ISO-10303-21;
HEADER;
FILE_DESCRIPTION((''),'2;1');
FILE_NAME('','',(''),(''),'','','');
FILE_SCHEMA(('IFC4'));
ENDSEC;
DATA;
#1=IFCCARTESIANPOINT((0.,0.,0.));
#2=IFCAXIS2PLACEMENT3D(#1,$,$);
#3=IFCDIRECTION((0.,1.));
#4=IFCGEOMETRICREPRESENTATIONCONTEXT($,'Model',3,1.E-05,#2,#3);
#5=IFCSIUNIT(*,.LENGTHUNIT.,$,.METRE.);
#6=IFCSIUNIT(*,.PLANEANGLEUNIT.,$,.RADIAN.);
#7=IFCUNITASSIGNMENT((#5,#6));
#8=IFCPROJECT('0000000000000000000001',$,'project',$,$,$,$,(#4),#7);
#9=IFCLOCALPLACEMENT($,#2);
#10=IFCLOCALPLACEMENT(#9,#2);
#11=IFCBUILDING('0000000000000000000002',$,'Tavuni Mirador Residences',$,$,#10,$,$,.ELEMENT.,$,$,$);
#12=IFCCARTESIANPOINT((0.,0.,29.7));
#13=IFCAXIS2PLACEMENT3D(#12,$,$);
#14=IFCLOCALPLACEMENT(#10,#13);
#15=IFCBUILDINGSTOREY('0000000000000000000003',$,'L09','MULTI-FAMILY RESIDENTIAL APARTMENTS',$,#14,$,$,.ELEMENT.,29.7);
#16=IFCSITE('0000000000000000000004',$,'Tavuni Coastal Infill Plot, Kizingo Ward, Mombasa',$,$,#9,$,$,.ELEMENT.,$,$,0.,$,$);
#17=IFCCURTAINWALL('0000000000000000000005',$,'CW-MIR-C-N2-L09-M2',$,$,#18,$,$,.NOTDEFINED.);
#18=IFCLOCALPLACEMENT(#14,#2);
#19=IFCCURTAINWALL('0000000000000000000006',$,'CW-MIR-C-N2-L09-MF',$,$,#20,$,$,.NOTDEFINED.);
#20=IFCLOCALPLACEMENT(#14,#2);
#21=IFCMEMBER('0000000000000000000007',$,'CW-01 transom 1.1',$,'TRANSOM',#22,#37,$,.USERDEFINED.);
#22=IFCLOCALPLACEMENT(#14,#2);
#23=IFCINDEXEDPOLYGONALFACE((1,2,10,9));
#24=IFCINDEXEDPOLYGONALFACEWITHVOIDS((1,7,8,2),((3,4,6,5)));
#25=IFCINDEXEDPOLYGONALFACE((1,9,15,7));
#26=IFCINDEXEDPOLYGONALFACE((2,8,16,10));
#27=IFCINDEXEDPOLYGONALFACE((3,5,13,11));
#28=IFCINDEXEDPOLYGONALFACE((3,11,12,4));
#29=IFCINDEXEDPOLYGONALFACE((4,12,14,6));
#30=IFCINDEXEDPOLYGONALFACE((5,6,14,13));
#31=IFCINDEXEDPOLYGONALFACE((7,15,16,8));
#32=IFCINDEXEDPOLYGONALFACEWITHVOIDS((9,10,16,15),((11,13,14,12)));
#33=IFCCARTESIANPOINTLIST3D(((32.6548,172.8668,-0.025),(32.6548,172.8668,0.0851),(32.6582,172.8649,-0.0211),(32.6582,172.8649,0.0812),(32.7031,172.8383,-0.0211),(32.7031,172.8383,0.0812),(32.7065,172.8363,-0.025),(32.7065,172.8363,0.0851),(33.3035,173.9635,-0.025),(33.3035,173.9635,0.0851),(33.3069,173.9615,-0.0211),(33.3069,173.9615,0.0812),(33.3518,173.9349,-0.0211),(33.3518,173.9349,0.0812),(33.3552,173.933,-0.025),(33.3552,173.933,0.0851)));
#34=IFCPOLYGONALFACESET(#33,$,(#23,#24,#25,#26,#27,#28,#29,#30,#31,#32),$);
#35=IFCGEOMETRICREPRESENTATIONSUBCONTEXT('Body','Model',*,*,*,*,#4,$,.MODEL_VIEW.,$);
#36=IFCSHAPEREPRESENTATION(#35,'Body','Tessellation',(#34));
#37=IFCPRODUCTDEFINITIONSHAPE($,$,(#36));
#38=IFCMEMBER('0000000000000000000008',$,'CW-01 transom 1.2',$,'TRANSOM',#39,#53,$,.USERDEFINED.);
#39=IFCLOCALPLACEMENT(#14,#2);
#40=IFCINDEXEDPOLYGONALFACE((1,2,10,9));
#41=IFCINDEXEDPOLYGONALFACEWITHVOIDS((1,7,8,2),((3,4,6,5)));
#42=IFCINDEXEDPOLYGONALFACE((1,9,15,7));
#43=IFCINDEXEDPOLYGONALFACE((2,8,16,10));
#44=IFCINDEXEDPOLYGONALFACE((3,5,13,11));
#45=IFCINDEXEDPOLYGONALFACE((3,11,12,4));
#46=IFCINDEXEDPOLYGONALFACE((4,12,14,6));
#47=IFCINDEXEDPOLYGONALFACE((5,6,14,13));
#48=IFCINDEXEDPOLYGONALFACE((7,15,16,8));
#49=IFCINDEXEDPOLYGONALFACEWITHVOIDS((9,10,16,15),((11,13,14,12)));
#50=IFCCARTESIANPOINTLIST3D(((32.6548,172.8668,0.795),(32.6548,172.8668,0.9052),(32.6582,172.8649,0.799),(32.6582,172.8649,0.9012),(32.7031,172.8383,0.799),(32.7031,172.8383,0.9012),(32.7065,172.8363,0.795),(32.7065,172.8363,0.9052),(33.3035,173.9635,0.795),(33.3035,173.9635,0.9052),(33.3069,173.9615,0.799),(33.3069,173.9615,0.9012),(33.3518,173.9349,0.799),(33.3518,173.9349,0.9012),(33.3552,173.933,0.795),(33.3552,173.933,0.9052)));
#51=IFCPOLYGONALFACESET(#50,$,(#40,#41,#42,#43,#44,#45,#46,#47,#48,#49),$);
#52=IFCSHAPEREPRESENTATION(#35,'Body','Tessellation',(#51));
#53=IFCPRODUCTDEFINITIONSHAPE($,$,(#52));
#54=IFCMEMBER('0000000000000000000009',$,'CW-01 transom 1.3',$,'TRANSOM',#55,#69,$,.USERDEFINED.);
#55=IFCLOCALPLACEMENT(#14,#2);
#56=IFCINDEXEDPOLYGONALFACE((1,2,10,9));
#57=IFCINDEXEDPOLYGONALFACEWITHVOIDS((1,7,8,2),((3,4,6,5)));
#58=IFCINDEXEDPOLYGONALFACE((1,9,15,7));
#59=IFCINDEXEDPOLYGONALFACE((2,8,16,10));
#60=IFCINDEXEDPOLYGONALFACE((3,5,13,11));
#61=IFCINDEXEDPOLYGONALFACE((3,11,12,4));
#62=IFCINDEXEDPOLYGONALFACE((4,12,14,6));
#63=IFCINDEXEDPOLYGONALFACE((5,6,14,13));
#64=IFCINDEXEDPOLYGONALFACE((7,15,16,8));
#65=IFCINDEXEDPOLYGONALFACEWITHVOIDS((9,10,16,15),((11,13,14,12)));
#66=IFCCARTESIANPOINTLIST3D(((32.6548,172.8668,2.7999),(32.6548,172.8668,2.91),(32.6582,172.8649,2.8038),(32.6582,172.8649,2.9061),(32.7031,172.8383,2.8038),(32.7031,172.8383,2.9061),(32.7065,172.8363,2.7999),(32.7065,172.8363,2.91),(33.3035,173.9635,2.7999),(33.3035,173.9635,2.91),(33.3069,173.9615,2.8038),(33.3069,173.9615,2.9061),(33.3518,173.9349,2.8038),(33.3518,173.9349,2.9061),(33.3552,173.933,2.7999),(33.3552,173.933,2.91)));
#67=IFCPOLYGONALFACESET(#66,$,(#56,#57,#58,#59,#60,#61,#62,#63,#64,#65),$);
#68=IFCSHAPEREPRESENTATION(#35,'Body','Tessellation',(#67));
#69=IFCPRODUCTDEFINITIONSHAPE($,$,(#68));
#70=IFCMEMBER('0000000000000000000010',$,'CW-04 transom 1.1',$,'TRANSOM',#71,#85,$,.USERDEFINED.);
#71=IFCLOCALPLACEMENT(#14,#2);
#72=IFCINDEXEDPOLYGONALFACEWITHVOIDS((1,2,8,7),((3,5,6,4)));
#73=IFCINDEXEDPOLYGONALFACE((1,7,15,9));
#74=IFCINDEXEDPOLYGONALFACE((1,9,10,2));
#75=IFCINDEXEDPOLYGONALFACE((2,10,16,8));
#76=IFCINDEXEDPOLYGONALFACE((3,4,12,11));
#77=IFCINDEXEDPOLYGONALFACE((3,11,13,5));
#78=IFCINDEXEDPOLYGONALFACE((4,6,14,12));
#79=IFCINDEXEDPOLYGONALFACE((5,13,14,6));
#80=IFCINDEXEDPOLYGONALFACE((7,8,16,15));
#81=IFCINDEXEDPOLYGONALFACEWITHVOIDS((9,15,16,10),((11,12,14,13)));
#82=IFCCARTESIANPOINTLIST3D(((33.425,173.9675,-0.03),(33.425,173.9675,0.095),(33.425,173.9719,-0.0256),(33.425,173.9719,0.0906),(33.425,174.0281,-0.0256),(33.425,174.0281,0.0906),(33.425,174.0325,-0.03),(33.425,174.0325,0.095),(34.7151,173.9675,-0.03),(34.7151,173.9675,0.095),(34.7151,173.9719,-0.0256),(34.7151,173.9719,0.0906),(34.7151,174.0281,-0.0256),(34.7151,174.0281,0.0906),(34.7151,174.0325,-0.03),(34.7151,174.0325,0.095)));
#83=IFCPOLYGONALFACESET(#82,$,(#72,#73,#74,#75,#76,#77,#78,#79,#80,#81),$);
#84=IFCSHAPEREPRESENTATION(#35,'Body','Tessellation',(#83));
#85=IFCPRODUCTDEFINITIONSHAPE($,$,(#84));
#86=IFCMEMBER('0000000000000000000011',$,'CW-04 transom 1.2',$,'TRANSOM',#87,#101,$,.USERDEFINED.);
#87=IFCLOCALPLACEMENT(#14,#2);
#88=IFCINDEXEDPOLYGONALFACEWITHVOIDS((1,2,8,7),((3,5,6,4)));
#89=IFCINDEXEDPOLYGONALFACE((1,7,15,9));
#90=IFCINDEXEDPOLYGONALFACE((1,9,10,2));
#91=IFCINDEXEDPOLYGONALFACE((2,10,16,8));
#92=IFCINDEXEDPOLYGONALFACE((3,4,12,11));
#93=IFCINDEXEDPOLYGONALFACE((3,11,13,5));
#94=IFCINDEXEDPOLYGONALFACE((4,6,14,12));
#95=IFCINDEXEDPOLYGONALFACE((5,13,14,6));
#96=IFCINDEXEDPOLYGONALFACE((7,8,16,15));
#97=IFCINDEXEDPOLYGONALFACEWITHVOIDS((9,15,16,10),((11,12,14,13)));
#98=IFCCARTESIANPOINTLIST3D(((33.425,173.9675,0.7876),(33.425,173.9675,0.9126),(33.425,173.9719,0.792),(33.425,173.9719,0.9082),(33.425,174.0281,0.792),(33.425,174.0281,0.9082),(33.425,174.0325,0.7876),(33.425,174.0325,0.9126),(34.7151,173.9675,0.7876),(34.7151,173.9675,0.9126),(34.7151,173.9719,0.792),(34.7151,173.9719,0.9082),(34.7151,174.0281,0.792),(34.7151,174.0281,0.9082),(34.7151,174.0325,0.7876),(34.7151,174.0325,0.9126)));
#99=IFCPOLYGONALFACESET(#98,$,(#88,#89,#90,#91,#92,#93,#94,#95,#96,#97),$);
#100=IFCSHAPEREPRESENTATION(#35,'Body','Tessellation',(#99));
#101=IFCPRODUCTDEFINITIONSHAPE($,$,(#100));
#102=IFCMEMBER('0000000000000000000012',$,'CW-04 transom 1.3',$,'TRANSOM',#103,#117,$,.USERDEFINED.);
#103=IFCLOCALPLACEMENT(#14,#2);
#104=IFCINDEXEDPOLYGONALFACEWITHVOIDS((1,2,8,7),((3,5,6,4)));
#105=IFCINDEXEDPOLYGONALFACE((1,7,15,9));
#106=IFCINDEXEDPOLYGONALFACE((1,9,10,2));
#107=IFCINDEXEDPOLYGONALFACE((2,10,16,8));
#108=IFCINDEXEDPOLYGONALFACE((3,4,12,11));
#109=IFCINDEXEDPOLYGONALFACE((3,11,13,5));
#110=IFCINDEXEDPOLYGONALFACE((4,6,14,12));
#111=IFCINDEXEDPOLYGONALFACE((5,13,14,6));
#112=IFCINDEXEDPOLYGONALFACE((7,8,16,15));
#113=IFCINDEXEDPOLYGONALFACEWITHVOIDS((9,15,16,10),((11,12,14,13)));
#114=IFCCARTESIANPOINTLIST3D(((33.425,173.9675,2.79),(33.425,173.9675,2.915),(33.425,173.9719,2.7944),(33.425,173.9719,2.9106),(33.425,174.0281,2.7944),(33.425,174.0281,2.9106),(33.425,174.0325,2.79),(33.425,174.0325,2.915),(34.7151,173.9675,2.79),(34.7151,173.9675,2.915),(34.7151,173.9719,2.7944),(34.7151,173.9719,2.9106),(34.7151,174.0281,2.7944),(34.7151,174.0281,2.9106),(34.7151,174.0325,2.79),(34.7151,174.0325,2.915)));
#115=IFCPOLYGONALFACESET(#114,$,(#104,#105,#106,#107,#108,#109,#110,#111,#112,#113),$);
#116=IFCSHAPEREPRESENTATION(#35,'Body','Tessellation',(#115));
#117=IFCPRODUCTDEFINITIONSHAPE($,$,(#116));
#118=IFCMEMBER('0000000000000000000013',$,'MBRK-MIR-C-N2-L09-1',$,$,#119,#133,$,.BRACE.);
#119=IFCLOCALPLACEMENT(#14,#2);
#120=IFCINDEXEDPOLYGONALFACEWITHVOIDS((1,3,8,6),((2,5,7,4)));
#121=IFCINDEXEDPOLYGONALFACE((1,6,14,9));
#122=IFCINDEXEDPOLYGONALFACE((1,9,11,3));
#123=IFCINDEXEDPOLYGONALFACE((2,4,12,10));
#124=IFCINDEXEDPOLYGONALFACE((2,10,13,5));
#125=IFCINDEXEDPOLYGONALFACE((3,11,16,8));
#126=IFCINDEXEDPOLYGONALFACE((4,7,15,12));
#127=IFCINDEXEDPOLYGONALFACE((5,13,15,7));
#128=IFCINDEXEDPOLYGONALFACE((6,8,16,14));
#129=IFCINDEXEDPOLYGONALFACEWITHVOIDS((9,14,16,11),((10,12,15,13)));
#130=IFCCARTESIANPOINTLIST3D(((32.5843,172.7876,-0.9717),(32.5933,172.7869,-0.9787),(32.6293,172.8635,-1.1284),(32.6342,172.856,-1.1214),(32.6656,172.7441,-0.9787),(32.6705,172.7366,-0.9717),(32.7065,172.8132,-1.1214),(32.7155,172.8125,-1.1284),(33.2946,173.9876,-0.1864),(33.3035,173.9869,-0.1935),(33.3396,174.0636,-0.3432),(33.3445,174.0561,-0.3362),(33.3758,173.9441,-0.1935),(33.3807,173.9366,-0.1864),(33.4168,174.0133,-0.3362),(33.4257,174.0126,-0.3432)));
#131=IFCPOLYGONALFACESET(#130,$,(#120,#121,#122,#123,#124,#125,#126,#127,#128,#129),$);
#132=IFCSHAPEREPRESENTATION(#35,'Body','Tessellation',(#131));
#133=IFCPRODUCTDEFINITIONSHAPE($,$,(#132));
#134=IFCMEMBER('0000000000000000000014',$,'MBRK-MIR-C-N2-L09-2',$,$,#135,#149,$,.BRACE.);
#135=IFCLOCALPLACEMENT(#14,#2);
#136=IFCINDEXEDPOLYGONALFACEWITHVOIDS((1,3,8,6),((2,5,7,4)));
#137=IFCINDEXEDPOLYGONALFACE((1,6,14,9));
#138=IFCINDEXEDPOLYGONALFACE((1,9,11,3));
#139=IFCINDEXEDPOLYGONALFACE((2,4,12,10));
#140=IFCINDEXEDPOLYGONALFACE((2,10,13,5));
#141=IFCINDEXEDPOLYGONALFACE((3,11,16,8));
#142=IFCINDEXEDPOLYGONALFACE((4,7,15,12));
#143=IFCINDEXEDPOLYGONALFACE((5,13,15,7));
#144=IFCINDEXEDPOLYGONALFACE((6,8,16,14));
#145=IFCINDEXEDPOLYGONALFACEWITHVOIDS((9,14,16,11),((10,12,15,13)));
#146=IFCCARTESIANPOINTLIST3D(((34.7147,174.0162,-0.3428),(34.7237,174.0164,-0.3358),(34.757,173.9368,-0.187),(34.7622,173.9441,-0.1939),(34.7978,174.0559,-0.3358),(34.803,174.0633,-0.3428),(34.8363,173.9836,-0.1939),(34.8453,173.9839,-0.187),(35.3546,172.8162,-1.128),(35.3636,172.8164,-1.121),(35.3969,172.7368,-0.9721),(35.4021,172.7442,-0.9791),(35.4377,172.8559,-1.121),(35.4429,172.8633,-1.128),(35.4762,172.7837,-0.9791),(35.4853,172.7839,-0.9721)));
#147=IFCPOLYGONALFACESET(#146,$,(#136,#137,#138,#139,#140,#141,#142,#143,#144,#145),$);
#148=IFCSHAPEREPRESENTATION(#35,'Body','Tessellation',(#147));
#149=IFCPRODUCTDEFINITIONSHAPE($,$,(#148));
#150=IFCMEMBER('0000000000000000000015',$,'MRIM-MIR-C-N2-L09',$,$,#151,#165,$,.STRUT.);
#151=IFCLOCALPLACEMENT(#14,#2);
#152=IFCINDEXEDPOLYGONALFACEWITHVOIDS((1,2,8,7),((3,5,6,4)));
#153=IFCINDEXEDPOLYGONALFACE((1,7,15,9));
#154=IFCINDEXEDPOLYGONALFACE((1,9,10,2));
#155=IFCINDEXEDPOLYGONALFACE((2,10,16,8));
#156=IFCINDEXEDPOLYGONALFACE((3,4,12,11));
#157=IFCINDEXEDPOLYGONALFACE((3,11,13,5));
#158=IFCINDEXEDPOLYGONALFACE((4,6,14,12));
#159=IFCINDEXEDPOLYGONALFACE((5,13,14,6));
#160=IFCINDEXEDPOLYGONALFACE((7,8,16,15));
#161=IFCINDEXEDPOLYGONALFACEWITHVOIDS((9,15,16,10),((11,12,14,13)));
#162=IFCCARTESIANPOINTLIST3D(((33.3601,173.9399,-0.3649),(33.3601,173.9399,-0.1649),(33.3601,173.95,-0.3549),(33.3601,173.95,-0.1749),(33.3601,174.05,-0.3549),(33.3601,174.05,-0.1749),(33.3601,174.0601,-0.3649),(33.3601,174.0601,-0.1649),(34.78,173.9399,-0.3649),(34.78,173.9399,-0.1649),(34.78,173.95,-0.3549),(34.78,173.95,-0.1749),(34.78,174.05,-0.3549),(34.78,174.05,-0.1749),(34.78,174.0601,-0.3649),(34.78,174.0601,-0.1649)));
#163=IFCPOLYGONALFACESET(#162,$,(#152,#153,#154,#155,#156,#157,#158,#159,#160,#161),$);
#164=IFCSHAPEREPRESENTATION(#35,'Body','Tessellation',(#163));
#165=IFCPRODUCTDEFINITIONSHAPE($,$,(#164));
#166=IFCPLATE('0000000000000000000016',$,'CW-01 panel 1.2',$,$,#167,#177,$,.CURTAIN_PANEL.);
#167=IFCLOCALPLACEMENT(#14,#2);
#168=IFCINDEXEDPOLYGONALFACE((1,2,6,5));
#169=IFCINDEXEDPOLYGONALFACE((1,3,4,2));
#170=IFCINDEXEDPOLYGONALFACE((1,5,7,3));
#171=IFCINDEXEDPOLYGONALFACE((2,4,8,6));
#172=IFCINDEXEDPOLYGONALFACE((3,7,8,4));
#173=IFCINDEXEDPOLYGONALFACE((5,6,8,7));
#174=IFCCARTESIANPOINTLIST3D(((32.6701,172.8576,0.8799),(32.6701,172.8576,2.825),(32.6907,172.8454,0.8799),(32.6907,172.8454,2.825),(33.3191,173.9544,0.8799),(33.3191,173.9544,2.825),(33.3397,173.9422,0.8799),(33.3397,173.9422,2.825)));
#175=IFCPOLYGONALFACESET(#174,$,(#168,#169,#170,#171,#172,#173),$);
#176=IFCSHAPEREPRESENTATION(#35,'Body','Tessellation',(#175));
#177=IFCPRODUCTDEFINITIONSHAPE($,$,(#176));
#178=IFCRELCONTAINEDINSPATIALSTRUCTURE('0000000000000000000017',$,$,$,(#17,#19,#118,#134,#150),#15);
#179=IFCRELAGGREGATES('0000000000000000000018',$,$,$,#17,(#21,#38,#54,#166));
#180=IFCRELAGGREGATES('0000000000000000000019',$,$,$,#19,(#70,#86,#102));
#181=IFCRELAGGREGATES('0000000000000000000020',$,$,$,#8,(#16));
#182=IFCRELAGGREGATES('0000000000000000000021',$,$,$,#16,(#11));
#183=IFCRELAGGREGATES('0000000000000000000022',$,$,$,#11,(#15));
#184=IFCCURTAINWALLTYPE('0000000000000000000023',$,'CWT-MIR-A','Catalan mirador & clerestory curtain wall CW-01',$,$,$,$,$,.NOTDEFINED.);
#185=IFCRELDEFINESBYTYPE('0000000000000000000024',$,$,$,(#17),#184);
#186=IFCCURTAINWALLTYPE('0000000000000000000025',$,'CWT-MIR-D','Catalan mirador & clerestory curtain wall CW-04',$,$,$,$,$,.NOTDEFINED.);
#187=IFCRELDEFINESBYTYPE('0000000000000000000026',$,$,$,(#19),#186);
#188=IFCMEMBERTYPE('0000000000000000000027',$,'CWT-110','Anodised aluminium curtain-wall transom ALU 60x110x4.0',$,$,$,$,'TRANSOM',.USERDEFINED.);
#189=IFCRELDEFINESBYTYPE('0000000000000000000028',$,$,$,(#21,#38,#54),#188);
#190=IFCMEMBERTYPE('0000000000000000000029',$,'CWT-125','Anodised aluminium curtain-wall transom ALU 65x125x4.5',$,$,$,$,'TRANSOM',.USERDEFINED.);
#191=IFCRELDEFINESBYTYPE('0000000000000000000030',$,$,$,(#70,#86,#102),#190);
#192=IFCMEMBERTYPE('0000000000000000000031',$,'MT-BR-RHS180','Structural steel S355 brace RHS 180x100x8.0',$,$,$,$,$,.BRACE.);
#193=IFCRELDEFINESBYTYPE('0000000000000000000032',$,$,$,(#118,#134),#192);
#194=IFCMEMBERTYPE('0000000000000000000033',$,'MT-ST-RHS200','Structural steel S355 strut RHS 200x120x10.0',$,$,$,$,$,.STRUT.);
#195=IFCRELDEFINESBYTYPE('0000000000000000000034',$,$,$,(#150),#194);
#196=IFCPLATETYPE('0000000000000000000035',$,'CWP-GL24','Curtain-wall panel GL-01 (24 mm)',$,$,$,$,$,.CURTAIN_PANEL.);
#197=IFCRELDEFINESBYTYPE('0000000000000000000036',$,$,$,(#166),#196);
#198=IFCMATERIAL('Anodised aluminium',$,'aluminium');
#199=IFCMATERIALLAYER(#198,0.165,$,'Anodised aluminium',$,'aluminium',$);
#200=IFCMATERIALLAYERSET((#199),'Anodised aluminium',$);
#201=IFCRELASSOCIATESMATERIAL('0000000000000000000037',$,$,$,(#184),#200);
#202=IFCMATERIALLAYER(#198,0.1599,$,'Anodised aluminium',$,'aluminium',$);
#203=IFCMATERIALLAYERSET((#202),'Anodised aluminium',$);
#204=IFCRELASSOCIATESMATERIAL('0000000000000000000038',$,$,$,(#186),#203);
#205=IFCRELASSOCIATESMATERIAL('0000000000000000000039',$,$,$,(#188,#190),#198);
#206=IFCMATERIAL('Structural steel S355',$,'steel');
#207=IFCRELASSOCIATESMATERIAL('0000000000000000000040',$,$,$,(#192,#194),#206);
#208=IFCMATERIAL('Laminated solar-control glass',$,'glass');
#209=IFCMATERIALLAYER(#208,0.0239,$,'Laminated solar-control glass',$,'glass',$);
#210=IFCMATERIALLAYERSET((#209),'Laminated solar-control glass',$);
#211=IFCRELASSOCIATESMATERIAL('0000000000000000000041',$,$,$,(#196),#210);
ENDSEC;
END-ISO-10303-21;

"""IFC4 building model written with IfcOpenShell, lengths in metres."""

from ifc_helpers import new_model, si_unit, direction, frame, origin, origin_2d, place, context, subcontext, project, spatial, rectangle, hollow_rectangle, extrude, material, layer, layer_set, material_profile, profile_set, type_object, element, aggregate, save


model = new_model("IFC4")

# Units and contexts
model_context = context("Model", 3, precision=1e-05, world=origin(), true_north=direction((0.0, 1.0)))
body_context = subcontext(model_context, "Body", "Model", "MODEL_VIEW")
ifc_project = project(units=[si_unit("LENGTHUNIT", "METRE"), si_unit("PLANEANGLEUNIT", "RADIAN")], contexts=[model_context])

# Site, building, storey
site_placement = place(None, origin())
site = spatial("IfcSite", under=ifc_project, at=site_placement, Name="Tavuni Coastal Infill Plot, Kizingo Ward, Mombasa", CompositionType="ELEMENT", RefElevation=0.0)
building_placement = place(site_placement, origin())
building = spatial("IfcBuilding", under=site, at=building_placement, Name="Tavuni Mirador Residences", CompositionType="ELEMENT")
storey_placement = place(building_placement, frame((0.0, 0.0, 29.7)))
storey = spatial("IfcBuildingStorey", under=building, at=storey_placement, Name="L09", Description="MULTI-FAMILY RESIDENTIAL APARTMENTS", CompositionType="ELEMENT", Elevation=29.7)

# Curtain walls
ifc_material_1 = material(Name="Anodised aluminium", Category="aluminium")
ifc_layer_1 = layer(ifc_material_1, 0.165, Name="Anodised aluminium", Category="aluminium")
ifc_layer_set_1 = layer_set([ifc_layer_1], Name="Anodised aluminium")
curtain_wall_type_1 = type_object("IfcCurtainWallType", Name="CWT-MIR-A", Description="Catalan mirador & clerestory curtain wall CW-01", PredefinedType="NOTDEFINED", material=ifc_layer_set_1)
curtain_wall_1_placement = place(storey_placement, origin())
curtain_wall_1 = element("IfcCurtainWall", 1, at=curtain_wall_1_placement, inside=storey, type_object=curtain_wall_type_1, Name="CW-MIR-C-N2-L09-M2", PredefinedType="NOTDEFINED")
ifc_layer_2 = layer(ifc_material_1, 0.1599, Name="Anodised aluminium", Category="aluminium")
ifc_layer_set_2 = layer_set([ifc_layer_2], Name="Anodised aluminium")
curtain_wall_type_2 = type_object("IfcCurtainWallType", Name="CWT-MIR-D", Description="Catalan mirador & clerestory curtain wall CW-04", PredefinedType="NOTDEFINED", material=ifc_layer_set_2)
curtain_wall_2_placement = place(storey_placement, origin())
curtain_wall_2 = element("IfcCurtainWall", 2, at=curtain_wall_2_placement, inside=storey, type_object=curtain_wall_type_2, Name="CW-MIR-C-N2-L09-MF", PredefinedType="NOTDEFINED")

# Members
ifc_material_profile_1 = material_profile(ifc_material_1, hollow_rectangle(XDim=0.0601, YDim=0.1101, WallThickness=0.0039, at=origin_2d()), Name="ALU 60x110x4.0", Category="aluminium")
ifc_profile_set_1 = profile_set([ifc_material_profile_1], Name="Anodised aluminium")
member_type_1 = type_object("IfcMemberType", Name="CWT-110", Description="Anodised aluminium curtain-wall transom ALU 60x110x4.0", ElementType="TRANSOM", PredefinedType="USERDEFINED", material=ifc_profile_set_1)
member_1_placement = place(storey_placement, frame((33.3293, 173.9482, 0.03), z_axis=(-0.509104, -0.860705, 0.0), x_axis=(0.860705, -0.509104, 0.0)))
member_1 = element("IfcMember", 3, at=member_1_placement, type_object=member_type_1, Name="CW-01 transom 1.1", ObjectType="TRANSOM", PredefinedType="USERDEFINED", context=body_context, shape_type="SweptSolid", body=[
    extrude(hollow_rectangle(XDim=0.0601, YDim=0.1101, WallThickness=0.0039, at=origin_2d()), origin(), (0.0, 0.0, 1.0), 1.2742),
])
member_2_placement = place(storey_placement, frame((33.3293, 173.9482, 0.8501), z_axis=(-0.509104, -0.860705, 0.0), x_axis=(0.860705, -0.509104, 0.0)))
member_2 = element("IfcMember", 4, at=member_2_placement, type_object=member_type_1, Name="CW-01 transom 1.2", ObjectType="TRANSOM", PredefinedType="USERDEFINED", context=body_context, shape_type="SweptSolid", body=[
    extrude(hollow_rectangle(XDim=0.0601, YDim=0.1101, WallThickness=0.0039, at=origin_2d()), origin(), (0.0, 0.0, 1.0), 1.2742),
])
member_3_placement = place(storey_placement, frame((33.3293, 173.9482, 2.855), z_axis=(-0.509104, -0.860705, 0.0), x_axis=(0.860705, -0.509104, 0.0)))
member_3 = element("IfcMember", 5, at=member_3_placement, type_object=member_type_1, Name="CW-01 transom 1.3", ObjectType="TRANSOM", PredefinedType="USERDEFINED", context=body_context, shape_type="SweptSolid", body=[
    extrude(hollow_rectangle(XDim=0.0601, YDim=0.1101, WallThickness=0.0039, at=origin_2d()), origin(), (0.0, 0.0, 1.0), 1.2742),
])
ifc_material_profile_2 = material_profile(ifc_material_1, hollow_rectangle(XDim=0.0649, YDim=0.125, WallThickness=0.0044, at=origin_2d()), Name="ALU 65x125x4.5", Category="aluminium")
ifc_profile_set_2 = profile_set([ifc_material_profile_2], Name="Anodised aluminium")
member_type_2 = type_object("IfcMemberType", Name="CWT-125", Description="Anodised aluminium curtain-wall transom ALU 65x125x4.5", ElementType="TRANSOM", PredefinedType="USERDEFINED", material=ifc_profile_set_2)
member_4_placement = place(storey_placement, frame((34.7151, 174.0, 0.0325), z_axis=(-1.0, 0.0, 0.0), x_axis=(0.0, -1.0, 0.0)))
member_4 = element("IfcMember", 6, at=member_4_placement, type_object=member_type_2, Name="CW-04 transom 1.1", ObjectType="TRANSOM", PredefinedType="USERDEFINED", context=body_context, shape_type="SweptSolid", body=[
    extrude(hollow_rectangle(XDim=0.0649, YDim=0.125, WallThickness=0.0044, at=origin_2d()), origin(), (0.0, 0.0, 1.0), 1.29),
])
member_5_placement = place(storey_placement, frame((34.7151, 174.0, 0.8501), z_axis=(-1.0, 0.0, 0.0), x_axis=(0.0, -1.0, 0.0)))
member_5 = element("IfcMember", 7, at=member_5_placement, type_object=member_type_2, Name="CW-04 transom 1.2", ObjectType="TRANSOM", PredefinedType="USERDEFINED", context=body_context, shape_type="SweptSolid", body=[
    extrude(hollow_rectangle(XDim=0.0649, YDim=0.125, WallThickness=0.0044, at=origin_2d()), origin(), (0.0, 0.0, 1.0), 1.29),
])
member_6_placement = place(storey_placement, frame((34.7151, 174.0, 2.8525), z_axis=(-1.0, 0.0, 0.0), x_axis=(0.0, -1.0, 0.0)))
member_6 = element("IfcMember", 8, at=member_6_placement, type_object=member_type_2, Name="CW-04 transom 1.3", ObjectType="TRANSOM", PredefinedType="USERDEFINED", context=body_context, shape_type="SweptSolid", body=[
    extrude(hollow_rectangle(XDim=0.0649, YDim=0.125, WallThickness=0.0044, at=origin_2d()), origin(), (0.0, 0.0, 1.0), 1.29),
])

# Members
ifc_material_2 = material(Name="Structural steel S355", Category="steel")
ifc_material_profile_3 = material_profile(ifc_material_2, hollow_rectangle(XDim=0.1001, YDim=0.1799, WallThickness=0.0081, at=origin_2d()), Name="RHS 180x100x8.0", Category="steel")
ifc_profile_set_3 = profile_set([ifc_material_profile_3], Name="Structural steel S355")
member_type_3 = type_object("IfcMemberType", Name="MT-BR-RHS180", Description="Structural steel S355 brace RHS 180x100x8.0", PredefinedType="BRACE", material=ifc_profile_set_3)
member_7_placement = place(storey_placement, frame((32.6499, 172.8, -1.05), z_axis=(0.443814, 0.74986, 0.490651), x_axis=(-0.860567, 0.509337, 0.0)))
element("IfcMember", 9, at=member_7_placement, inside=storey, type_object=member_type_3, Name="MBRK-MIR-C-N2-L09-1", PredefinedType="BRACE", context=body_context, shape_type="SweptSolid", body=[
    extrude(hollow_rectangle(XDim=0.1001, YDim=0.1799, WallThickness=0.0081, at=origin_2d()), origin(), (0.0, 0.0, 1.0), 1.6003),
])
member_8_placement = place(storey_placement, frame((35.4199, 172.8, -1.05), z_axis=(-0.407499, 0.764158, 0.500007), x_axis=(-0.882378, -0.470542, 0.0)))
element("IfcMember", 10, at=member_8_placement, inside=storey, type_object=member_type_3, Name="MBRK-MIR-C-N2-L09-2", PredefinedType="BRACE", context=body_context, shape_type="SweptSolid", body=[
    extrude(hollow_rectangle(XDim=0.1001, YDim=0.1799, WallThickness=0.0081, at=origin_2d()), origin(), (0.0, 0.0, 1.0), 1.5703),
])
ifc_material_profile_4 = material_profile(ifc_material_2, hollow_rectangle(XDim=0.1201, YDim=0.2, WallThickness=0.01, at=origin_2d()), Name="RHS 200x120x10.0", Category="steel")
ifc_profile_set_4 = profile_set([ifc_material_profile_4], Name="Structural steel S355")
member_type_4 = type_object("IfcMemberType", Name="MT-ST-RHS200", Description="Structural steel S355 strut RHS 200x120x10.0", PredefinedType="STRUT", material=ifc_profile_set_4)
member_9_placement = place(storey_placement, frame((33.3601, 174.0, -0.2649), z_axis=(1.0, 0.0, 0.0), x_axis=(0.0, 1.0, 0.0)))
element("IfcMember", 11, at=member_9_placement, inside=storey, type_object=member_type_4, Name="MRIM-MIR-C-N2-L09", PredefinedType="STRUT", context=body_context, shape_type="SweptSolid", body=[
    extrude(hollow_rectangle(XDim=0.1201, YDim=0.2, WallThickness=0.01, at=origin_2d()), origin(), (0.0, 0.0, 1.0), 1.4199),
])

# Plate
ifc_material_3 = material(Name="Laminated solar-control glass", Category="glass")
ifc_layer_3 = layer(ifc_material_3, 0.0239, Name="Laminated solar-control glass", Category="glass")
ifc_layer_set_3 = layer_set([ifc_layer_3], Name="Laminated solar-control glass")
plate_type_1 = type_object("IfcPlateType", Name="CWP-GL24", Description="Curtain-wall panel GL-01 (24 mm)", PredefinedType="CURTAIN_PANEL", material=ifc_layer_set_3)
plate_1_placement = place(storey_placement, frame((33.0049, 173.3999, 0.8799), z_axis=(0.0, 0.0, 1.0), x_axis=(-0.509212, -0.860641, 0.0)))
plate_1 = element("IfcPlate", 12, at=plate_1_placement, type_object=plate_type_1, Name="CW-01 panel 1.2", PredefinedType="CURTAIN_PANEL", context=body_context, shape_type="SweptSolid", body=[
    extrude(rectangle(XDim=1.2744, YDim=0.0239, at=origin_2d()), origin(), (0.0, 0.0, 1.0), 1.9451),
])
aggregate(curtain_wall_1, [member_1, member_2, member_3, plate_1])
aggregate(curtain_wall_2, [member_4, member_5, member_6])

save(model, "model.ifc")
